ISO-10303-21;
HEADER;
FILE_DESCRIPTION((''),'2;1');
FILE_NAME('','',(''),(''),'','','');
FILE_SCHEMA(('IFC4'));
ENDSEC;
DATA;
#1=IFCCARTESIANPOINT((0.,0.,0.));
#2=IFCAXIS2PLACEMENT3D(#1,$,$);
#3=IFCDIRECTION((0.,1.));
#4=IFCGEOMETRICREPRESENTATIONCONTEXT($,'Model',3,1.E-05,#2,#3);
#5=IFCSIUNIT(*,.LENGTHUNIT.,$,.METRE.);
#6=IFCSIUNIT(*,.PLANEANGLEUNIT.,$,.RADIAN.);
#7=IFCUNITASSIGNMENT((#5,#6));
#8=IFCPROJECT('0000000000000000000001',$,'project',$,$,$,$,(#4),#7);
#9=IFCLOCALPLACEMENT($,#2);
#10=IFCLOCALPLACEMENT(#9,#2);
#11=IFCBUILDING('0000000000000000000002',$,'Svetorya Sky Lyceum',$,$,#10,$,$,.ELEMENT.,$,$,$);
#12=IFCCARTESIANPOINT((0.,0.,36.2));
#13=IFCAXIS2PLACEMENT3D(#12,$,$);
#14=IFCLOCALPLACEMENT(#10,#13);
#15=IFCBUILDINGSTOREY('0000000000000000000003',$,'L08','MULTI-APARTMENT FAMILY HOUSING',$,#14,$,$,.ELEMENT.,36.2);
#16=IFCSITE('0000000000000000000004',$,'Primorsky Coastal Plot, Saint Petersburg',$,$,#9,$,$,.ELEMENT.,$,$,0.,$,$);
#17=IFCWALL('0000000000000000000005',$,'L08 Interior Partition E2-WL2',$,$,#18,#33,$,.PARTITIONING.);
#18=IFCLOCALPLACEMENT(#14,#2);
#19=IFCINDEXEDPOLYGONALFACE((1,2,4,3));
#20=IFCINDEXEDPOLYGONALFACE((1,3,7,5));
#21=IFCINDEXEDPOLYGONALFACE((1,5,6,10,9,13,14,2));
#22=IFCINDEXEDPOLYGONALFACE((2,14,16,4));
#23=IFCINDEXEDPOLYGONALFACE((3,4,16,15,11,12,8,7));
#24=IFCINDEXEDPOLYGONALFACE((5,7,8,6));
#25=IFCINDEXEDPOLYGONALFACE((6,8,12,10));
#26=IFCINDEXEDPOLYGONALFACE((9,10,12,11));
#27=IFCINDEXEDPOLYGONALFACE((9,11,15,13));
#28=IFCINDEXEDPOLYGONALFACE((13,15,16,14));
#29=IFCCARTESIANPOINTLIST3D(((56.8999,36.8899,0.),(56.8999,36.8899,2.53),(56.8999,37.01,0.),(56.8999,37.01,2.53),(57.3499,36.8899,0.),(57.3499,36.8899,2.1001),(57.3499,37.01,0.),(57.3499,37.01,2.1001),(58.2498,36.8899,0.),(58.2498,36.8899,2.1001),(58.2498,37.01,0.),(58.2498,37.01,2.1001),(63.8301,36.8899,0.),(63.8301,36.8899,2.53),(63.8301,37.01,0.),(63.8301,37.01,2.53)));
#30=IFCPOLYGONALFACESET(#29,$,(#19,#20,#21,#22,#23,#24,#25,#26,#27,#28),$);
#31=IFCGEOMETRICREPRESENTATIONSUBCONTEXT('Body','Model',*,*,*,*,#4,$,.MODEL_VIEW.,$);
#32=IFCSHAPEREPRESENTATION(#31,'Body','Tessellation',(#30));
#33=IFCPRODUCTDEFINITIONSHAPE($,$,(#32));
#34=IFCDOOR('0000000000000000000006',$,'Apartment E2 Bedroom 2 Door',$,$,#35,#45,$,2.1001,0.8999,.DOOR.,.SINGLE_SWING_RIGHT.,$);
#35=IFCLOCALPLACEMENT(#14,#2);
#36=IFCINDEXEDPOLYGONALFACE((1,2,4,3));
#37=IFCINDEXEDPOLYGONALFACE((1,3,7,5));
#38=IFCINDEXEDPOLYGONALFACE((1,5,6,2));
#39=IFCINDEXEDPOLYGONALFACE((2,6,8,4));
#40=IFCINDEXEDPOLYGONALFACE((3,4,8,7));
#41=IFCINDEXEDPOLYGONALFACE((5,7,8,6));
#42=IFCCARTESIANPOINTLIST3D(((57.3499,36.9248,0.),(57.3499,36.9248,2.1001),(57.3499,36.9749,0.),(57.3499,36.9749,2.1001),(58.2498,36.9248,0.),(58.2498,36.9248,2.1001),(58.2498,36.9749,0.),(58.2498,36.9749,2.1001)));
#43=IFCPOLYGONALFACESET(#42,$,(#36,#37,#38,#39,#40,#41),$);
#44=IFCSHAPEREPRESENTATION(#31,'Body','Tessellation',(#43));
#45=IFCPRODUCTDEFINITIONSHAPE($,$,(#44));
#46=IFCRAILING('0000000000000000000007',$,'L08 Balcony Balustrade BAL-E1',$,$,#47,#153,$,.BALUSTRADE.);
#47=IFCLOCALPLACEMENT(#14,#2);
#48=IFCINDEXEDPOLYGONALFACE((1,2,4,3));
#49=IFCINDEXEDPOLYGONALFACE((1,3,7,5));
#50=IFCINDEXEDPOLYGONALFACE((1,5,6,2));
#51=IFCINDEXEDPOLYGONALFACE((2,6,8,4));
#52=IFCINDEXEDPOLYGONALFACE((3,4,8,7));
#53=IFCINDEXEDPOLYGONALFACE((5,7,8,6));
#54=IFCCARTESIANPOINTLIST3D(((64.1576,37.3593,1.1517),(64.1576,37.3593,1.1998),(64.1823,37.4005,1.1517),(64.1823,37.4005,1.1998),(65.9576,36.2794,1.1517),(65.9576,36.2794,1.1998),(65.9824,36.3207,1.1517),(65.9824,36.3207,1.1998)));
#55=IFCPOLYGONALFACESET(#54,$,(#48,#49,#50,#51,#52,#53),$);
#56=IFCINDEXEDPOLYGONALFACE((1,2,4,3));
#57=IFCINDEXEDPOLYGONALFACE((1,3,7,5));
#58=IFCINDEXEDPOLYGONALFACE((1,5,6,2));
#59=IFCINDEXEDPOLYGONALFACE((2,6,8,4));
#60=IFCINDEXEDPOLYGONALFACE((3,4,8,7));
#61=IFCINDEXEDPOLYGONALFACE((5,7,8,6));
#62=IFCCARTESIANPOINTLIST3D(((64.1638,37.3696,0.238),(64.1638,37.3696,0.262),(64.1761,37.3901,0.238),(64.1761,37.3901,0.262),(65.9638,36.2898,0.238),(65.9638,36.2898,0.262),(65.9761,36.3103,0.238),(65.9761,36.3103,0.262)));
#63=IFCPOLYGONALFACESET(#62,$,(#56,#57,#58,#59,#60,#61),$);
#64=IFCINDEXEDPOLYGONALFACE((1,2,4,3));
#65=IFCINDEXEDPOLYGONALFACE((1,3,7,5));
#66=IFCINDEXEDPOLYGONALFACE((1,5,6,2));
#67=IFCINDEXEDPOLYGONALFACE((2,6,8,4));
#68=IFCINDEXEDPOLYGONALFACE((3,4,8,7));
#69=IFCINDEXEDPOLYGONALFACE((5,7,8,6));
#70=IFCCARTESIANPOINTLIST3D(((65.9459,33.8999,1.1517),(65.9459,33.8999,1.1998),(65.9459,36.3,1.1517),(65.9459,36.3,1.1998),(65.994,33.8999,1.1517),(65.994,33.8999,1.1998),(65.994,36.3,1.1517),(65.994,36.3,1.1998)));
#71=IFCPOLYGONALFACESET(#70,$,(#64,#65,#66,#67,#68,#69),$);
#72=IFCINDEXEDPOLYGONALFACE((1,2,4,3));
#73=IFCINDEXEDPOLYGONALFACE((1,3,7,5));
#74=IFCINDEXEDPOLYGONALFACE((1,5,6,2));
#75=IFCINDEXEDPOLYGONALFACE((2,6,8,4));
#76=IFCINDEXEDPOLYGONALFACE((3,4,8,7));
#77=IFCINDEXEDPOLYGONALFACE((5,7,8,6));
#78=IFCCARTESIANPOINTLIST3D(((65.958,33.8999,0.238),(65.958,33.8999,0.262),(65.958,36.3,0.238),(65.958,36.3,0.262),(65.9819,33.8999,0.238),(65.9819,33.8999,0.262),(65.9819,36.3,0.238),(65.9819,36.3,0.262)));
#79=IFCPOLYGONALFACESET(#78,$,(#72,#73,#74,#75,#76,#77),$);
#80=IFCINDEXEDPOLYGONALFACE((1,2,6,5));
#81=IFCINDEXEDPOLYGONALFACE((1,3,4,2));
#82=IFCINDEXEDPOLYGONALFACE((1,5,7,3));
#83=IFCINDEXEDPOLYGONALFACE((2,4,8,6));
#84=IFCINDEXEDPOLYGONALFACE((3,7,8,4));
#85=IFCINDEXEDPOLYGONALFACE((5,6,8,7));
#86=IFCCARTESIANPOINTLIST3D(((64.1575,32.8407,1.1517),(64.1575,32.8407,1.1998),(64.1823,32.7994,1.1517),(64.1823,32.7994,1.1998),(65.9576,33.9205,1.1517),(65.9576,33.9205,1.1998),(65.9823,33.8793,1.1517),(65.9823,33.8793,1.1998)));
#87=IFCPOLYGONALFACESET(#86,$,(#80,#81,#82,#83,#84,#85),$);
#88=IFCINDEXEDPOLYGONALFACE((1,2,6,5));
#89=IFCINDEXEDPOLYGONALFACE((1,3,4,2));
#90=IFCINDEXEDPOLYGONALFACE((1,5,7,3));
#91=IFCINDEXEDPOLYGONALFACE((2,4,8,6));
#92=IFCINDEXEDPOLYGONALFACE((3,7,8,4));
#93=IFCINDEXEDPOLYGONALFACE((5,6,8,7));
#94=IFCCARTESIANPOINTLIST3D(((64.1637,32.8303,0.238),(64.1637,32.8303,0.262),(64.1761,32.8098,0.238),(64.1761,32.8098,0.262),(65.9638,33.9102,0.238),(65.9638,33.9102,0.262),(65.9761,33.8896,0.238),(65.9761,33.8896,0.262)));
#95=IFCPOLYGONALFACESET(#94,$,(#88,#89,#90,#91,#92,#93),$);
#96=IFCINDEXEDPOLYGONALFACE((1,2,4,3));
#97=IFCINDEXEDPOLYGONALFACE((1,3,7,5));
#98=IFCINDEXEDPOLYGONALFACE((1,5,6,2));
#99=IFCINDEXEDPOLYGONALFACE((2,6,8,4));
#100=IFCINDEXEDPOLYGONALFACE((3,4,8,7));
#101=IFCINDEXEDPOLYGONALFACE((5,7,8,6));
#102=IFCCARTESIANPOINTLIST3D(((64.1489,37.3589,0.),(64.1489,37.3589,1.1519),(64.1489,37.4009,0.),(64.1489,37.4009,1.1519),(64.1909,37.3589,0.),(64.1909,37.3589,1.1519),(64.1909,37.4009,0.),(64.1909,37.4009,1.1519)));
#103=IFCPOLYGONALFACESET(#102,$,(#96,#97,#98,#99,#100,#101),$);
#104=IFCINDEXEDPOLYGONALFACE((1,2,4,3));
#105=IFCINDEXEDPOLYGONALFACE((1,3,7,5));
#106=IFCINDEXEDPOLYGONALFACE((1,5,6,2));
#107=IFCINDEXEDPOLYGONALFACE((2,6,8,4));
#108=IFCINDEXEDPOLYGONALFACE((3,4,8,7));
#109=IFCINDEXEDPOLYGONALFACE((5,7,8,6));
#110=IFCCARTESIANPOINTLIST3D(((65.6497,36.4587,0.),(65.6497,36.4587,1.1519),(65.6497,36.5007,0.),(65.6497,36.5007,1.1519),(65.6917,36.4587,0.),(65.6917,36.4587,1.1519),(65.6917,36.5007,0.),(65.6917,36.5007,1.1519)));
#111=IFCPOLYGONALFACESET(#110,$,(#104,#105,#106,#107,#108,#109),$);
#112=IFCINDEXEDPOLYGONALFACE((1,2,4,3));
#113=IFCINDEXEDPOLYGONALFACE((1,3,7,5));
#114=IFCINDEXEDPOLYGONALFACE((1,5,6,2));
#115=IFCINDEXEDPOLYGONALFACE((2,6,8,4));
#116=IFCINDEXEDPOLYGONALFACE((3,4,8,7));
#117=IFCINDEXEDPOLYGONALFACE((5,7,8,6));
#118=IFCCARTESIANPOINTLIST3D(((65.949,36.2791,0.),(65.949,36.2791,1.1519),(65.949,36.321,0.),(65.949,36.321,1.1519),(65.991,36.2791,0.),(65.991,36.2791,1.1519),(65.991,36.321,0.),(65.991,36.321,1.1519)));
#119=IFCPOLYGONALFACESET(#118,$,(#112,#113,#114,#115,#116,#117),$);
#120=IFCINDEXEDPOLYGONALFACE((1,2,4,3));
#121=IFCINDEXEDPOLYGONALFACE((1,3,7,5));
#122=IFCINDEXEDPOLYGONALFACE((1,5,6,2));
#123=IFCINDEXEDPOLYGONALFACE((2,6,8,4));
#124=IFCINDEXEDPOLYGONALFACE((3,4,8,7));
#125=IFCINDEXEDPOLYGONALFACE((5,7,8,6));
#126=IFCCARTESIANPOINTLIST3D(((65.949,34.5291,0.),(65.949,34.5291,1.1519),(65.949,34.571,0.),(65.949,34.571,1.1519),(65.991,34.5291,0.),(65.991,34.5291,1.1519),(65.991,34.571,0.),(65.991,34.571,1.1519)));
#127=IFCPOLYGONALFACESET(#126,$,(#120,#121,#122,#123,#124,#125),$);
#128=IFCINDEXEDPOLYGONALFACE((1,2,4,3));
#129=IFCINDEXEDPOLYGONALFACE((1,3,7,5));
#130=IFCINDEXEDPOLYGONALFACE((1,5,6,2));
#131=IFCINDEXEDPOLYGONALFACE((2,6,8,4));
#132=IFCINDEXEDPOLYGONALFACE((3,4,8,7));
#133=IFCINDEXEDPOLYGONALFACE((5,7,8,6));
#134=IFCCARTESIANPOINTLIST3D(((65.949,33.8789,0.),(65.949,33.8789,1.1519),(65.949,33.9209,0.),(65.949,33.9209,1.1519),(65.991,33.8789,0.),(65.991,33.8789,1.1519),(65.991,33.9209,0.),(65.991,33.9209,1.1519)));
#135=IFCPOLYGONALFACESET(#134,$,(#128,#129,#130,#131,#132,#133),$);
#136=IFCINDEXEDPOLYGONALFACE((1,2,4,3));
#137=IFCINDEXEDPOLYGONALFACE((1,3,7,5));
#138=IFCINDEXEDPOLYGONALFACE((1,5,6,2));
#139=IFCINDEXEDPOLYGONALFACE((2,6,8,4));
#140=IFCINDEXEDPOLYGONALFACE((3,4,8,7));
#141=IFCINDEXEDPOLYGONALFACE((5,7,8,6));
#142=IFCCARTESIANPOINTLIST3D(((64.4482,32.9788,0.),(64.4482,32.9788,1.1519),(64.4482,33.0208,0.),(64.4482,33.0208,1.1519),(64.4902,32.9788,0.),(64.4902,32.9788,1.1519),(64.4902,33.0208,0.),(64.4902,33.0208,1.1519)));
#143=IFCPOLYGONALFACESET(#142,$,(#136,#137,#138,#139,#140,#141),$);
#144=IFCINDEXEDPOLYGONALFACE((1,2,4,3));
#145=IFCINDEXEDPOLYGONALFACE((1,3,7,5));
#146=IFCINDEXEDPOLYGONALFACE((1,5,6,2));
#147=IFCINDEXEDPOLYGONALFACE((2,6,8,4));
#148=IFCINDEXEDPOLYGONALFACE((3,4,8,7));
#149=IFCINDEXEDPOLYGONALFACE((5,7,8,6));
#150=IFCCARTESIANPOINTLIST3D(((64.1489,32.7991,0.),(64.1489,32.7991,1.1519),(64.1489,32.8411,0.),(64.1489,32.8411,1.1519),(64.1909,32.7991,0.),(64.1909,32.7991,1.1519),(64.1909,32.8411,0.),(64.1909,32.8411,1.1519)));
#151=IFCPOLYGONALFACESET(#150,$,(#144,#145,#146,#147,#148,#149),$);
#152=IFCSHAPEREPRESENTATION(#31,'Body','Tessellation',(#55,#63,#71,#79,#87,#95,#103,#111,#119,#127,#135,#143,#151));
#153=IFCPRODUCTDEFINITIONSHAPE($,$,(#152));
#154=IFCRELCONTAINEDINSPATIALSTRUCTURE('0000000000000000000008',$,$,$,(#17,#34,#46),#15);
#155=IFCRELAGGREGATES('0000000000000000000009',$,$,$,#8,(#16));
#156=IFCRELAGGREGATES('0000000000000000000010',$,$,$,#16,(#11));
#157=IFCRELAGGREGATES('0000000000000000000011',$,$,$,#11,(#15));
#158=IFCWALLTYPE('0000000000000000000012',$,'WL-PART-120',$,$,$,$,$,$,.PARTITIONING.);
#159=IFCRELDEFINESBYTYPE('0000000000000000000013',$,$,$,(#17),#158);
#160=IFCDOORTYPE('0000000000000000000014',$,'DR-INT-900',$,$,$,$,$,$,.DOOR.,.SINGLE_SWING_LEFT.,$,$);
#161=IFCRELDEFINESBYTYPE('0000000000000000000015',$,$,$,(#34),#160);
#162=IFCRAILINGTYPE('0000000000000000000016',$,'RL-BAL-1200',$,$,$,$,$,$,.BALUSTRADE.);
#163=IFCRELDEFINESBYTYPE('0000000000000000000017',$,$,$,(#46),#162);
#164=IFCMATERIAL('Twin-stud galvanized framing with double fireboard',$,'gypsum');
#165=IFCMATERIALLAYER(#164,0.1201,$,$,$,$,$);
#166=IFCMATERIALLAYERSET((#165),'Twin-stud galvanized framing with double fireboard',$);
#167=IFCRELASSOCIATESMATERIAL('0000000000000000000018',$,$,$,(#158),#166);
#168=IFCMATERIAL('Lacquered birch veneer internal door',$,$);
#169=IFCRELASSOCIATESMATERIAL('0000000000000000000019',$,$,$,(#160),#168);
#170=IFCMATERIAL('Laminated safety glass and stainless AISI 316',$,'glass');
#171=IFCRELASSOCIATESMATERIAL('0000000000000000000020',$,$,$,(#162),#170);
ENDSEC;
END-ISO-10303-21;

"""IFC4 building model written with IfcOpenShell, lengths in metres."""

from ifc_helpers import new_model, si_unit, direction, frame, frame_2d, origin, origin_2d, place, context, subcontext, project, spatial, rectangle, extrude, material, layer, layer_set, type_object, element, fill, save


model = new_model("IFC4")

# Units and contexts
model_context = context("Model", 3, precision=1e-05, world=origin(), true_north=direction((0.0, 1.0)))
body_context = subcontext(model_context, "Body", "Model", "MODEL_VIEW")
ifc_project = project(units=[si_unit("LENGTHUNIT", "METRE"), si_unit("PLANEANGLEUNIT", "RADIAN")], contexts=[model_context])

# Site, building, storey
site_placement = place(None, origin())
site = spatial("IfcSite", under=ifc_project, at=site_placement, Name="Primorsky Coastal Plot, Saint Petersburg", CompositionType="ELEMENT", RefElevation=0.0)
building_placement = place(site_placement, origin())
building = spatial("IfcBuilding", under=site, at=building_placement, Name="Svetorya Sky Lyceum", CompositionType="ELEMENT")
storey_placement = place(building_placement, frame((0.0, 0.0, 36.2)))
storey = spatial("IfcBuildingStorey", under=building, at=storey_placement, Name="L08", Description="MULTI-APARTMENT FAMILY HOUSING", CompositionType="ELEMENT", Elevation=36.2)

# Wall, opening, door
ifc_material_1 = material(Name="Twin-stud galvanized framing with double fireboard", Category="gypsum")
ifc_layer_1 = layer(ifc_material_1, 0.1201)
ifc_layer_set_1 = layer_set([ifc_layer_1], Name="Twin-stud galvanized framing with double fireboard")
wall_type_1 = type_object("IfcWallType", Name="WL-PART-120", PredefinedType="PARTITIONING", material=ifc_layer_set_1)
wall_1_placement = place(storey_placement, frame((56.8999, 36.95, 0.0), z_axis=(0.0, 0.0, 1.0), x_axis=(1.0, 0.0, 0.0)))
wall_1 = element("IfcWall", 1, at=wall_1_placement, inside=storey, type_object=wall_type_1, Name="L08 Interior Partition E2-WL2", PredefinedType="PARTITIONING", context=body_context, shape_type="SweptSolid", body=[
    extrude(rectangle(XDim=6.9302, YDim=0.1201, at=frame_2d((3.4651, 0.0))), origin(), (0.0, 0.0, 1.0), 2.53),
])
opening_1_placement = place(wall_1_placement, frame((0.45, 0.0, 0.0)))
opening_1 = element("IfcOpeningElement", 2, at=opening_1_placement, cuts=wall_1, PredefinedType="OPENING", context=body_context, shape_type="SweptSolid", body=[
    extrude(rectangle(XDim=0.8999, YDim=2.1001, at=frame_2d((0.45, 1.05))), frame((0.0, 0.0701, 0.0), z_axis=(0.0, -1.0, 0.0), x_axis=(1.0, 0.0, 0.0)), (0.0, 0.0, 1.0), 0.1401),
])
ifc_material_2 = material(Name="Lacquered birch veneer internal door")
door_type_1 = type_object("IfcDoorType", Name="DR-INT-900", OperationType="SINGLE_SWING_LEFT", PredefinedType="DOOR", material=ifc_material_2)
door_1_placement = place(opening_1_placement, origin())
door_1 = element("IfcDoor", 3, at=door_1_placement, inside=storey, type_object=door_type_1, Name="Apartment E2 Bedroom 2 Door", OperationType="SINGLE_SWING_RIGHT", OverallHeight=2.1001, OverallWidth=0.8999, PredefinedType="DOOR", context=body_context, shape_type="SweptSolid", body=[
    extrude(rectangle(XDim=0.8999, YDim=2.1001, at=frame_2d((0.45, 1.05))), frame((0.0, 0.0249, 0.0), z_axis=(0.0, -1.0, 0.0), x_axis=(1.0, 0.0, 0.0)), (0.0, 0.0, 1.0), 0.05),
])
fill(opening_1, door_1)

# Railing
ifc_material_3 = material(Name="Laminated safety glass and stainless AISI 316", Category="glass")
railing_type = type_object("IfcRailingType", Name="RL-BAL-1200", PredefinedType="BALUSTRADE", material=ifc_material_3)
railing_placement = place(storey_placement, frame((64.1699, 37.3799, 0.0)))
element("IfcRailing", 4, at=railing_placement, inside=storey, type_object=railing_type, Name="L08 Balcony Balustrade BAL-E1", PredefinedType="BALUSTRADE", context=body_context, shape_type="SweptSolid", body=[
    extrude(rectangle(XDim=0.0481, YDim=0.0481, at=origin_2d()), frame((0.0, 0.0, 1.1758), z_axis=(0.857534, -0.514427, 0.0), x_axis=(0.514427, 0.857534, 0.0)), (0.0, 0.0, 1.0), 2.0991),
    extrude(rectangle(XDim=0.0239, YDim=0.0239, at=origin_2d()), frame((0.0, 0.0, 0.25), z_axis=(0.857534, -0.514427, 0.0), x_axis=(0.514427, 0.857534, 0.0)), (0.0, 0.0, 1.0), 2.0991),
    extrude(rectangle(XDim=0.0481, YDim=0.0481, at=origin_2d()), frame((1.8, -1.0798, 1.1758), z_axis=(0.0, -1.0, 0.0), x_axis=(1.0, 0.0, 0.0)), (0.0, 0.0, 1.0), 2.4001),
    extrude(rectangle(XDim=0.0239, YDim=0.0239, at=origin_2d()), frame((1.8, -1.0798, 0.25), z_axis=(0.0, -1.0, 0.0), x_axis=(1.0, 0.0, 0.0)), (0.0, 0.0, 1.0), 2.4001),
    extrude(rectangle(XDim=0.0481, YDim=0.0481, at=origin_2d()), frame((1.8, -3.48, 1.1758), z_axis=(-0.857534, -0.514427, 0.0), x_axis=(0.514427, -0.857534, 0.0)), (0.0, 0.0, 1.0), 2.0991),
    extrude(rectangle(XDim=0.0239, YDim=0.0239, at=origin_2d()), frame((1.8, -3.48, 0.25), z_axis=(-0.857534, -0.514427, 0.0), x_axis=(0.514427, -0.857534, 0.0)), (0.0, 0.0, 1.0), 2.0991),
    extrude(rectangle(XDim=0.042, YDim=0.042, at=origin_2d()), origin(), (0.0, 0.0, 1.0), 1.1519),
    extrude(rectangle(XDim=0.042, YDim=0.042, at=origin_2d()), frame((1.5007, -0.9001, 0.0)), (0.0, 0.0, 1.0), 1.1519),
    extrude(rectangle(XDim=0.042, YDim=0.042, at=origin_2d()), frame((1.8, -1.0798, 0.0)), (0.0, 0.0, 1.0), 1.1519),
    extrude(rectangle(XDim=0.042, YDim=0.042, at=origin_2d()), frame((1.8, -2.8298, 0.0)), (0.0, 0.0, 1.0), 1.1519),
    extrude(rectangle(XDim=0.042, YDim=0.042, at=origin_2d()), frame((1.8, -3.48, 0.0)), (0.0, 0.0, 1.0), 1.1519),
    extrude(rectangle(XDim=0.042, YDim=0.042, at=origin_2d()), frame((0.2993, -4.3801, 0.0)), (0.0, 0.0, 1.0), 1.1519),
    extrude(rectangle(XDim=0.042, YDim=0.042, at=origin_2d()), frame((0.0, -4.5598, 0.0)), (0.0, 0.0, 1.0), 1.1519),
])

save(model, "model.ifc")
